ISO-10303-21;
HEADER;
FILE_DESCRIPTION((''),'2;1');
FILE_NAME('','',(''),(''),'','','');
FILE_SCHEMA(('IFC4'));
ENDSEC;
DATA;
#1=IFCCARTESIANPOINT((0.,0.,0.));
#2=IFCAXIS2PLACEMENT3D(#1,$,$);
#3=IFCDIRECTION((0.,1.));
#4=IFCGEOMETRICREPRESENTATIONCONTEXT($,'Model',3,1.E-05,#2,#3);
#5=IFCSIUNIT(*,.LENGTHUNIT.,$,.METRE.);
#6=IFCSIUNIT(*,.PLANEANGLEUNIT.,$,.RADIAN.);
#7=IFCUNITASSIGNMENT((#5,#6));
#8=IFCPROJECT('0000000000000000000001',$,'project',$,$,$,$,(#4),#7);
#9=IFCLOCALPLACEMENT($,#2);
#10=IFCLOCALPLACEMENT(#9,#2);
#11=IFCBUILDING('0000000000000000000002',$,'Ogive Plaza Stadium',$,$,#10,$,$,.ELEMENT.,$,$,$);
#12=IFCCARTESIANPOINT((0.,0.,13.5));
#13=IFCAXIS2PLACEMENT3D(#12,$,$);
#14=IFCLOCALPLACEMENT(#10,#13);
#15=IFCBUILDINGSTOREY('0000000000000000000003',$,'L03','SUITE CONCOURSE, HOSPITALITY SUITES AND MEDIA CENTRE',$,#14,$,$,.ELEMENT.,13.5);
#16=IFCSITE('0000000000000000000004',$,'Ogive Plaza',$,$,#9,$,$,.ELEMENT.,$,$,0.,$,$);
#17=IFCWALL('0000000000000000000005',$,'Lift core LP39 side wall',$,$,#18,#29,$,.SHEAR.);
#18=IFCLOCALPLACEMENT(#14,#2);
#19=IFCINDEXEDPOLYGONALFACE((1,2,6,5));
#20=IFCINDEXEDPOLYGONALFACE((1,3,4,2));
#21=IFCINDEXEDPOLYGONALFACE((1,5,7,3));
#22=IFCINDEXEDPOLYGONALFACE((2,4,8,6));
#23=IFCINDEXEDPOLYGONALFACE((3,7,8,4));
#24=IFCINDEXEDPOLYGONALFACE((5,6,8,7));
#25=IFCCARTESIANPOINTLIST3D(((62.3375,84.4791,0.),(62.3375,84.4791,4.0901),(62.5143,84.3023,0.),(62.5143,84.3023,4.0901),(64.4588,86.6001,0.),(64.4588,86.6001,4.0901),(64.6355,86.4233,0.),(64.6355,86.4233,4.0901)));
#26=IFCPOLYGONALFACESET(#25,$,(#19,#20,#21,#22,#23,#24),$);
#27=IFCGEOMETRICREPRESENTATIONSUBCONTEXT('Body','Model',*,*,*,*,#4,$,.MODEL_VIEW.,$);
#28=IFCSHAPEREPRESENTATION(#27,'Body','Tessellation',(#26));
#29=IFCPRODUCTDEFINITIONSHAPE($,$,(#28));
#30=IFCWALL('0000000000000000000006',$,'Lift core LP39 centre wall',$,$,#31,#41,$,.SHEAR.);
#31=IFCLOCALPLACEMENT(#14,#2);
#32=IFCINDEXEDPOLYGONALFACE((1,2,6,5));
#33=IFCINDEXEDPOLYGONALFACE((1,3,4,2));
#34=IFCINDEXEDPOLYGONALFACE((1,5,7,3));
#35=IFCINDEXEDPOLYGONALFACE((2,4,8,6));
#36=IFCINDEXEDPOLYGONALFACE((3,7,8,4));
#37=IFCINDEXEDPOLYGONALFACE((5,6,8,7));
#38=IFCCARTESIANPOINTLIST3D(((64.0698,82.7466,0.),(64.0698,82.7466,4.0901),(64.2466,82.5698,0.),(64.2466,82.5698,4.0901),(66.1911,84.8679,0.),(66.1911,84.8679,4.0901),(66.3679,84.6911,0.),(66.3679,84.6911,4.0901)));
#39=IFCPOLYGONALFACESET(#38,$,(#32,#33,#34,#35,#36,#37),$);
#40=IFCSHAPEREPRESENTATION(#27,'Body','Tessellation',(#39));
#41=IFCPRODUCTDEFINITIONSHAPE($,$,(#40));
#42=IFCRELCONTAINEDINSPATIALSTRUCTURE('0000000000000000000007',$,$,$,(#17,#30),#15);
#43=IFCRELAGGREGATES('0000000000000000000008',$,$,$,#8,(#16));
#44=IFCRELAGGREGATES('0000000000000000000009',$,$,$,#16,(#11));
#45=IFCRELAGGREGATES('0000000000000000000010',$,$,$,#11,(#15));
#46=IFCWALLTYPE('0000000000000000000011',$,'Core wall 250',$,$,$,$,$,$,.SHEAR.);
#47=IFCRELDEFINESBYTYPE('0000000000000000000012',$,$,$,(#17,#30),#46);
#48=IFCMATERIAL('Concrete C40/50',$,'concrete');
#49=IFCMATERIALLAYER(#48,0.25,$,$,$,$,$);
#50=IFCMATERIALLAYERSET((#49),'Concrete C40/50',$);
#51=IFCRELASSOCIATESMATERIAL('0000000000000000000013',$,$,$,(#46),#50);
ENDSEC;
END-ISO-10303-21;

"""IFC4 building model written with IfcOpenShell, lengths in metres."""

from ifc_helpers import new_model, si_unit, direction, frame, frame_2d, origin, place, context, subcontext, project, spatial, rectangle, extrude, material, layer, layer_set, type_object, element, save


model = new_model("IFC4")

# Units and contexts
model_context = context("Model", 3, precision=1e-05, world=origin(), true_north=direction((0.0, 1.0)))
body_context = subcontext(model_context, "Body", "Model", "MODEL_VIEW")
ifc_project = project(units=[si_unit("LENGTHUNIT", "METRE"), si_unit("PLANEANGLEUNIT", "RADIAN")], contexts=[model_context])

# Site, building, storey
site_placement = place(None, origin())
site = spatial("IfcSite", under=ifc_project, at=site_placement, Name="Ogive Plaza", CompositionType="ELEMENT", RefElevation=0.0)
building_placement = place(site_placement, origin())
building = spatial("IfcBuilding", under=site, at=building_placement, Name="Ogive Plaza Stadium", CompositionType="ELEMENT")
storey_placement = place(building_placement, frame((0.0, 0.0, 13.5)))
storey = spatial("IfcBuildingStorey", under=building, at=storey_placement, Name="L03", Description="SUITE CONCOURSE, HOSPITALITY SUITES AND MEDIA CENTRE", CompositionType="ELEMENT", Elevation=13.5)

# Walls
ifc_material_1 = material(Name="Concrete C40/50", Category="concrete")
ifc_layer_1 = layer(ifc_material_1, 0.25)
ifc_layer_set_1 = layer_set([ifc_layer_1], Name="Concrete C40/50")
wall_type = type_object("IfcWallType", Name="Core wall 250", PredefinedType="SHEAR", material=ifc_layer_set_1)
wall_1_placement = place(storey_placement, frame((62.4258, 84.3906, 0.0), z_axis=(0.0, 0.0, 1.0), x_axis=(0.707147, 0.707066, 0.0)))
element("IfcWall", 1, at=wall_1_placement, inside=storey, type_object=wall_type, Name="Lift core LP39 side wall", PredefinedType="SHEAR", context=body_context, shape_type="SweptSolid", body=[
    extrude(rectangle(XDim=2.9998, YDim=0.25, at=frame_2d((1.5, 0.0))), origin(), (0.0, 0.0, 1.0), 4.0901),
])
wall_2_placement = place(storey_placement, frame((64.1582, 82.6582, 0.0), z_axis=(0.0, 0.0, 1.0), x_axis=(0.707107, 0.707107, 0.0)))
element("IfcWall", 2, at=wall_2_placement, inside=storey, type_object=wall_type, Name="Lift core LP39 centre wall", PredefinedType="SHEAR", context=body_context, shape_type="SweptSolid", body=[
    extrude(rectangle(XDim=3.0, YDim=0.25, at=frame_2d((1.5, 0.0))), origin(), (0.0, 0.0, 1.0), 4.0901),
])

save(model, "model.ifc")
